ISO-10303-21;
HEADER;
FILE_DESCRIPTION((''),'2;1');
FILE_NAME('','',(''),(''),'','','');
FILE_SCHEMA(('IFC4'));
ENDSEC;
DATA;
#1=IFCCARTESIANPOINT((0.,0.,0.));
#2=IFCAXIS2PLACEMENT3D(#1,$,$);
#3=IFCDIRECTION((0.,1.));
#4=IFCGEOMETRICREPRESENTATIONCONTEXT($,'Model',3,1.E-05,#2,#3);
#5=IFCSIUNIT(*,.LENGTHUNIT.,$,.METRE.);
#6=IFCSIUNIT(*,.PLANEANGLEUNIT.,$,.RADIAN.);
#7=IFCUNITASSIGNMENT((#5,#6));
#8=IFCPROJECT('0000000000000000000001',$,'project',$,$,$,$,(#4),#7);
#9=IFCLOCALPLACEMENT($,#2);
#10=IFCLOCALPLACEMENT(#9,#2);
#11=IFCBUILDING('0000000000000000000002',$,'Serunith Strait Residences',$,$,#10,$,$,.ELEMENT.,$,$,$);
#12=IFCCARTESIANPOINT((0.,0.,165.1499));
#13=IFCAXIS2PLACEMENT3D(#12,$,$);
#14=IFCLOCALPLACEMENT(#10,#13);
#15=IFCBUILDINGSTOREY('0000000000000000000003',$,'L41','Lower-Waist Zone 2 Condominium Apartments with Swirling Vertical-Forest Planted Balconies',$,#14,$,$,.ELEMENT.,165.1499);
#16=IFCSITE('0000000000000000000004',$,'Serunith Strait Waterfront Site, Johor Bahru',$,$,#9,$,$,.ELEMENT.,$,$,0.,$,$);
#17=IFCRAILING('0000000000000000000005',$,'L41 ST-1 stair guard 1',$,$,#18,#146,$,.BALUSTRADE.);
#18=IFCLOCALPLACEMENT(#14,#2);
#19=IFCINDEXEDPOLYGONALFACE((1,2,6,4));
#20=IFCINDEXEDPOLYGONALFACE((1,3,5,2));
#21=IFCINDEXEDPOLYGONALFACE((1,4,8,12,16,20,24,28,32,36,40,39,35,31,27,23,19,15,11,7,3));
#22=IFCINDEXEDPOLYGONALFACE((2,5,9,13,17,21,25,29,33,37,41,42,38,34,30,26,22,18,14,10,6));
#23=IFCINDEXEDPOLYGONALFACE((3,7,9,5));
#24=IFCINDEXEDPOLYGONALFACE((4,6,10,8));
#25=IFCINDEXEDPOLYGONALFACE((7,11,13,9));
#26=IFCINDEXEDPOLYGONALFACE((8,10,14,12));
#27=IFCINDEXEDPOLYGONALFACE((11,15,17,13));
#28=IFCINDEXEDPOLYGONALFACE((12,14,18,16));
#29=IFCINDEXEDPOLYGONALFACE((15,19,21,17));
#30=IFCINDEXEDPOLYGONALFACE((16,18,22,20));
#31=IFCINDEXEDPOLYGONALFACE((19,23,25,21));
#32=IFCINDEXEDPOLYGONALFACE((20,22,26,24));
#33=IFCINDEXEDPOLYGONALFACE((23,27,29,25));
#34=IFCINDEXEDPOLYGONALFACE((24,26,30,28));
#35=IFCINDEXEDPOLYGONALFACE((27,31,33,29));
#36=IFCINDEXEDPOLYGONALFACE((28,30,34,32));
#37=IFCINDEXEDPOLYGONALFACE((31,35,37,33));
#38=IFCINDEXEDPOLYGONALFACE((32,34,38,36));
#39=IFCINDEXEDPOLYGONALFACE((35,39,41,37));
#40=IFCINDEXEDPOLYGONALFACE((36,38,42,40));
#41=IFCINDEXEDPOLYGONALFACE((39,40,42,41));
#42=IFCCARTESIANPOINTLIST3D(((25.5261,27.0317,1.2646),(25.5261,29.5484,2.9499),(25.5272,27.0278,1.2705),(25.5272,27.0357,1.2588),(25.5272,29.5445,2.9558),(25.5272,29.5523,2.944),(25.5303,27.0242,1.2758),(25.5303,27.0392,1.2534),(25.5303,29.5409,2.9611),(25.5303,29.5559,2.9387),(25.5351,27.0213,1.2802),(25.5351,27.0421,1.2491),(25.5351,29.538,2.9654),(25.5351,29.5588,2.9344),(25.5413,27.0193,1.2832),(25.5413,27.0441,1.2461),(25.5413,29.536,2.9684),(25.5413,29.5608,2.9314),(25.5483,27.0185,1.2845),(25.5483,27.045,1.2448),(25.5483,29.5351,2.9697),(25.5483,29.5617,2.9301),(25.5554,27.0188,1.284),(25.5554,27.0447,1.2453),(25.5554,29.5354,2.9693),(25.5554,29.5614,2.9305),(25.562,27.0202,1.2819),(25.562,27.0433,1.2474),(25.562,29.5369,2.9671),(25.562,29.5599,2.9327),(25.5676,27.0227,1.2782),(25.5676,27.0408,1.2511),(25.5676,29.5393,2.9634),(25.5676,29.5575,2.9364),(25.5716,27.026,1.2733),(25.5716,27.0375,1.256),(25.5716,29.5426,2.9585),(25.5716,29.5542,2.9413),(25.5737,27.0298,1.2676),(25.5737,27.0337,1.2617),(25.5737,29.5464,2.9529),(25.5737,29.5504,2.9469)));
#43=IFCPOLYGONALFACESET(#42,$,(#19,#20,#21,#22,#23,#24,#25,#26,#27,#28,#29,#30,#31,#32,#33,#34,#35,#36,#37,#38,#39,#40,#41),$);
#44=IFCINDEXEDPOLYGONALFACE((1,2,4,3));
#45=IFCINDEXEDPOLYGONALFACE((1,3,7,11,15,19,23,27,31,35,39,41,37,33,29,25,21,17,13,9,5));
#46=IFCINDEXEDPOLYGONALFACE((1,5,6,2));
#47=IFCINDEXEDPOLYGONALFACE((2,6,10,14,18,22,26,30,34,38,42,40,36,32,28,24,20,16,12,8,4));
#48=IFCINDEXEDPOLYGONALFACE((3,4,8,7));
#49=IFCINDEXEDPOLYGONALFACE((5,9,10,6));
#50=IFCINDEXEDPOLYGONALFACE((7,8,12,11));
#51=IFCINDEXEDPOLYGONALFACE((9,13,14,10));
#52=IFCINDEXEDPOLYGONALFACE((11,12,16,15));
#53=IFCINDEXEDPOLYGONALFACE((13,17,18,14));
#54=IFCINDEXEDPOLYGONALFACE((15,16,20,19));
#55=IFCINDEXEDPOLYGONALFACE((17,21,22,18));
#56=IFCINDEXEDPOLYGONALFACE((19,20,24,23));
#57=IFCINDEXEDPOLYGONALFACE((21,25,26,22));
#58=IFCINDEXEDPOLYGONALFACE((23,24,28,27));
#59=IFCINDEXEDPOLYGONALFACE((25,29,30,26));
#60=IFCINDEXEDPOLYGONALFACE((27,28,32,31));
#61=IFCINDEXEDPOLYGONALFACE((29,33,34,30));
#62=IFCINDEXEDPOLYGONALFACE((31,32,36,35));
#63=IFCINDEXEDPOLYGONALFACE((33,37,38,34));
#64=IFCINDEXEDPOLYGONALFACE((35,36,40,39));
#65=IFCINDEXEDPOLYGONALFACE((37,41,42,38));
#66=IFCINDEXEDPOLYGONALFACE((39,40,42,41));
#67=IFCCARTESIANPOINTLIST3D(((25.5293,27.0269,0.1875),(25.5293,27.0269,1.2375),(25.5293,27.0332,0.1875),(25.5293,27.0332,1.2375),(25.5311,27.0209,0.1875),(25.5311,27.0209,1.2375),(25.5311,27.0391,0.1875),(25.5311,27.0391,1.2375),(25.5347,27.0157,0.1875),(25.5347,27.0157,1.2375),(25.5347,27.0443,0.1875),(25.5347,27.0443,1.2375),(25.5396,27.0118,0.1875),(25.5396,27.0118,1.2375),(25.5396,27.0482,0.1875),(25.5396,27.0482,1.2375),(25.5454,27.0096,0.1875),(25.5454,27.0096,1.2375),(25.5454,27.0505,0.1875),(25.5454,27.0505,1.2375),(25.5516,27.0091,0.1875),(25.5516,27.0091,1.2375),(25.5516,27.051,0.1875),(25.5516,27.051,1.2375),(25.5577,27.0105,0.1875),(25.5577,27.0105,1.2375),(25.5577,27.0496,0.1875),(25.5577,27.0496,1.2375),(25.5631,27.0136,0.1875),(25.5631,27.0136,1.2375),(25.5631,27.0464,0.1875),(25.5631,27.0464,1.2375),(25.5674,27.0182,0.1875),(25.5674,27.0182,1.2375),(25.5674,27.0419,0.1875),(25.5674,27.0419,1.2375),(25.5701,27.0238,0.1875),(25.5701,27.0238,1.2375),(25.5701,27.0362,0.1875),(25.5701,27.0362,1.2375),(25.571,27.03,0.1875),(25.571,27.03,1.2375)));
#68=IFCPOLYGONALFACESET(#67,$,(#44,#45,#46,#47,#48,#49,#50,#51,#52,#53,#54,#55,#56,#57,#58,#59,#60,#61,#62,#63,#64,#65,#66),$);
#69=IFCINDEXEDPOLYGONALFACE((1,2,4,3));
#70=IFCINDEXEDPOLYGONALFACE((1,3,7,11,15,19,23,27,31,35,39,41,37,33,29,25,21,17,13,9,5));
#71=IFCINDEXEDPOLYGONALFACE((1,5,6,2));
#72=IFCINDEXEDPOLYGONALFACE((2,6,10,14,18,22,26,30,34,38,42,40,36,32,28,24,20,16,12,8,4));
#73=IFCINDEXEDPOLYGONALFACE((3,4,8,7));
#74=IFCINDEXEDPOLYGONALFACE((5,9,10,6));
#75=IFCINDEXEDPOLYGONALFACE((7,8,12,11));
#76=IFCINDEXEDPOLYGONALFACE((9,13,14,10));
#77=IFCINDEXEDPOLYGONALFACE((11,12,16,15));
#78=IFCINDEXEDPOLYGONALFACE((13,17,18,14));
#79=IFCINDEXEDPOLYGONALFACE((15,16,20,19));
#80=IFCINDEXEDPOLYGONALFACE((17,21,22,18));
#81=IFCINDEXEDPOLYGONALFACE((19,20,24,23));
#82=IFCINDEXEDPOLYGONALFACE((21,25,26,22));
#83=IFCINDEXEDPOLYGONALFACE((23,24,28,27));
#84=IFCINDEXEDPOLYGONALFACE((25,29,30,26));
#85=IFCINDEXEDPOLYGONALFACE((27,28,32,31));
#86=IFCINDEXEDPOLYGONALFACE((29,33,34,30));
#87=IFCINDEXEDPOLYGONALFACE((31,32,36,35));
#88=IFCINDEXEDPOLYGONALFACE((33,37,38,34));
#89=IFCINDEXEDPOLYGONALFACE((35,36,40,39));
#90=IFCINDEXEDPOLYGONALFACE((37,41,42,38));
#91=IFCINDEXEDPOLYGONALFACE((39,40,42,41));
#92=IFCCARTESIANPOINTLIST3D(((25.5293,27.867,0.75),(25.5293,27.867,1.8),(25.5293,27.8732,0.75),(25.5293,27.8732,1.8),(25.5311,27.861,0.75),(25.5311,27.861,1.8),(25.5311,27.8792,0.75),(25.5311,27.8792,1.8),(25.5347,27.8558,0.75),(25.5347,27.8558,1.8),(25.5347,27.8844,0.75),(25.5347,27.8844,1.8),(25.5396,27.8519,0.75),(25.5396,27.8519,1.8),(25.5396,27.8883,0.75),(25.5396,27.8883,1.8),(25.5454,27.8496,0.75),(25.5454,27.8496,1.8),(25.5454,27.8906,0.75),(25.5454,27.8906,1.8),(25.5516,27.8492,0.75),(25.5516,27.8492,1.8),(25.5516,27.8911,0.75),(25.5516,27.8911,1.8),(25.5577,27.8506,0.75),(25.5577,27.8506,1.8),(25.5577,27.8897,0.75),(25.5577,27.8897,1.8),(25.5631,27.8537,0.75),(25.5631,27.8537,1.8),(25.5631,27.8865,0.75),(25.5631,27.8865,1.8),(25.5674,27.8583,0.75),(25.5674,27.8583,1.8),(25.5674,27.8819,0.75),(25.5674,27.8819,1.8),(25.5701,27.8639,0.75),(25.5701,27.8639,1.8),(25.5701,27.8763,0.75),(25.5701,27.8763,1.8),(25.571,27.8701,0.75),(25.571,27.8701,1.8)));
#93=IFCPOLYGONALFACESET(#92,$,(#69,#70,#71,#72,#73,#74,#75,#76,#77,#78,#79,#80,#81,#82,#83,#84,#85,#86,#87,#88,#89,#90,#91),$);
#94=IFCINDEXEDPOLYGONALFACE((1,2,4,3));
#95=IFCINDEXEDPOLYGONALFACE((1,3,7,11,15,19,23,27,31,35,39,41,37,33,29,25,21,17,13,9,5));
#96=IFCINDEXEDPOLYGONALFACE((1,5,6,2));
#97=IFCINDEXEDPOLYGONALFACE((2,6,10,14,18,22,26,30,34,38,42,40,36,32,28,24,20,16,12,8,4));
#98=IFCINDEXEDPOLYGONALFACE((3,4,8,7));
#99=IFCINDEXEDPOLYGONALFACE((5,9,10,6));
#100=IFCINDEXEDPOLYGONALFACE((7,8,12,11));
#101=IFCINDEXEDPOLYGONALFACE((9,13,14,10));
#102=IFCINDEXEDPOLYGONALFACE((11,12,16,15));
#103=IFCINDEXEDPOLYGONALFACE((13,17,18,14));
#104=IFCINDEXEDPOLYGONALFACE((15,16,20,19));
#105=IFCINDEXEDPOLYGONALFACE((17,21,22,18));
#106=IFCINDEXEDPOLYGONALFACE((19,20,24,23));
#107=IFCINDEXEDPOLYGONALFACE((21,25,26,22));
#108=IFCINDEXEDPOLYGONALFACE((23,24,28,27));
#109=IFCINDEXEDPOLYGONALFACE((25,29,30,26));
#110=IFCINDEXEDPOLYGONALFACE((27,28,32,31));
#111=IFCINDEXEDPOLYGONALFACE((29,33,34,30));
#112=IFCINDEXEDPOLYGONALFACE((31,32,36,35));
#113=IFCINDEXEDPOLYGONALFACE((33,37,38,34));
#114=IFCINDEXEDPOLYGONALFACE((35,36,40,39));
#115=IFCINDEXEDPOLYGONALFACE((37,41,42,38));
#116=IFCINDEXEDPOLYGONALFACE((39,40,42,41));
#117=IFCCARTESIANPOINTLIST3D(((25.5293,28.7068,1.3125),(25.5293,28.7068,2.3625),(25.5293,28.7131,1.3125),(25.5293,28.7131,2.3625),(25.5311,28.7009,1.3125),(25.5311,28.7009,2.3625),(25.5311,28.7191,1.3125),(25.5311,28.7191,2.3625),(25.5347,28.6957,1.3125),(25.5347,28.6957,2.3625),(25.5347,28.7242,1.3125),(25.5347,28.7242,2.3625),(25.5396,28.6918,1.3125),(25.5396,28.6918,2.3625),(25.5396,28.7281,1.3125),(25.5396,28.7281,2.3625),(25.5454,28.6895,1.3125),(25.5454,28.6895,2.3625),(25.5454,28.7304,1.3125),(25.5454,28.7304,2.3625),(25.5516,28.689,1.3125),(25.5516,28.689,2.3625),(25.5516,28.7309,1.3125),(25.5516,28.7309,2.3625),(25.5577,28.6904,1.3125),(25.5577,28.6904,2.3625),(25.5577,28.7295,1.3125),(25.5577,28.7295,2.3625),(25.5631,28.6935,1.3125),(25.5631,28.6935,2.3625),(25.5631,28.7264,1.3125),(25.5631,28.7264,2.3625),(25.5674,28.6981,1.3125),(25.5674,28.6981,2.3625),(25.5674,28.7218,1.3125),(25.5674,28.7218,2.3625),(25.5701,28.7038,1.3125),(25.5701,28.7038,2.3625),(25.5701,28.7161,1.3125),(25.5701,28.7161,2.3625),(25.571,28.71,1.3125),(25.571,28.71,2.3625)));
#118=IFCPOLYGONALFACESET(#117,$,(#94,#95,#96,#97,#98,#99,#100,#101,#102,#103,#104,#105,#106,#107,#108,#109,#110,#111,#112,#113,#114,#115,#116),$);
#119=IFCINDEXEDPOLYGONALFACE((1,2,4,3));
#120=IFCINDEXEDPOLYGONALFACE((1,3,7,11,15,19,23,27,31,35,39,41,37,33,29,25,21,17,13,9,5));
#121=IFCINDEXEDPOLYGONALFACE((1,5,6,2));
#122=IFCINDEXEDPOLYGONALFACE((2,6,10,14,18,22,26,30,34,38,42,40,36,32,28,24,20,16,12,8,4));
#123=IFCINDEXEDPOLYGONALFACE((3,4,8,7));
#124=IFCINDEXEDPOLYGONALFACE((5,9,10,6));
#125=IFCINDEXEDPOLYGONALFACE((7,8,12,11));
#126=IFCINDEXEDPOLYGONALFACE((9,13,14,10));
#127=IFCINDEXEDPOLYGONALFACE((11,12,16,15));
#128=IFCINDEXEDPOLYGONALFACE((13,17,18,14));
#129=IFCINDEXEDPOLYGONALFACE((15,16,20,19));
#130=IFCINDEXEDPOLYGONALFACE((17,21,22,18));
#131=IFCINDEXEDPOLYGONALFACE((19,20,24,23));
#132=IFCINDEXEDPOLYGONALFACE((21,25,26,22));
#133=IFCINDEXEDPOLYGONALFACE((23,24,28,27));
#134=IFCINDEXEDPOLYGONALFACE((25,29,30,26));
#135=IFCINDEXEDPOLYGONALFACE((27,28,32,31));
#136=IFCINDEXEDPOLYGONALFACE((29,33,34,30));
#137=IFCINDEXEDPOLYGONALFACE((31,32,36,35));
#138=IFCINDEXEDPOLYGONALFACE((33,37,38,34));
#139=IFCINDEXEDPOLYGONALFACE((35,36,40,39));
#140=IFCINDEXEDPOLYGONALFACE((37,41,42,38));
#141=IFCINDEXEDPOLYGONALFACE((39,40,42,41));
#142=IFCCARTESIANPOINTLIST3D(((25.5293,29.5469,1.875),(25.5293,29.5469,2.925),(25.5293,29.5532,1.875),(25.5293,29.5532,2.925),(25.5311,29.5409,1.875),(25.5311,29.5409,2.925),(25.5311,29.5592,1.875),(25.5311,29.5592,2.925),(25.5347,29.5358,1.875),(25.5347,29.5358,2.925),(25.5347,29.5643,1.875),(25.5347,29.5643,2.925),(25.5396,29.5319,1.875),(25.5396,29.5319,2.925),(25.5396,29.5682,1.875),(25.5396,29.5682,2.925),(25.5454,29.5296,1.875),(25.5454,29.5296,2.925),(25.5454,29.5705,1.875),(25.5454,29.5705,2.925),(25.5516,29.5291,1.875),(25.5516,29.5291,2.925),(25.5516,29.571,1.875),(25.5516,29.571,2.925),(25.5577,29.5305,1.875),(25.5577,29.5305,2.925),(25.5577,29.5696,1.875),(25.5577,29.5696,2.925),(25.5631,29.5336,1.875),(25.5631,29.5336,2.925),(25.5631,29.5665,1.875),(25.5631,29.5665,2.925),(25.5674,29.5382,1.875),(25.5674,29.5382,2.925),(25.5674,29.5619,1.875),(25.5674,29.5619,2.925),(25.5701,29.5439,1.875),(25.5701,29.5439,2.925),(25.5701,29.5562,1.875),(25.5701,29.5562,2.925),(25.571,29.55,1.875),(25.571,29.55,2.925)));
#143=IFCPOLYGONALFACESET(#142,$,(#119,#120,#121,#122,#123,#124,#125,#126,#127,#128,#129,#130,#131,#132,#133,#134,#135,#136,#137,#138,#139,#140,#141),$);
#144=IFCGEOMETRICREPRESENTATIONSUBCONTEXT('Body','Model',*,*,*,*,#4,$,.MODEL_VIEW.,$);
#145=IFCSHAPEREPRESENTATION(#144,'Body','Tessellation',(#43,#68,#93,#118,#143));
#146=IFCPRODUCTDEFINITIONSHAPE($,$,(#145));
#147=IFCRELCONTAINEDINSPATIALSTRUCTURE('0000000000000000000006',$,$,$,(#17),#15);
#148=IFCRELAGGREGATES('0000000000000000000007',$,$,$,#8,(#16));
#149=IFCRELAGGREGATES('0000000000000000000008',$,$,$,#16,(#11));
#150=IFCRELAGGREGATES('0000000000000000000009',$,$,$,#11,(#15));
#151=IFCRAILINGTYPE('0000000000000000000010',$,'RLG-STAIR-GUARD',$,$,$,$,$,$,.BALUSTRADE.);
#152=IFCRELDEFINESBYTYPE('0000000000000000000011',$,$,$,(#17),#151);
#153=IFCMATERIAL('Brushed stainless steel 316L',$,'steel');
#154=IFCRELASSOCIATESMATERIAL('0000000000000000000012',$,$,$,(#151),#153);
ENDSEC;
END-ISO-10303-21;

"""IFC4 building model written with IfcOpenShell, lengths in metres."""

from ifc_helpers import new_model, si_unit, direction, frame, origin, origin_2d, place, context, subcontext, project, spatial, circle, extrude, material, type_object, element, save


model = new_model("IFC4")

# Units and contexts
model_context = context("Model", 3, precision=1e-05, world=origin(), true_north=direction((0.0, 1.0)))
body_context = subcontext(model_context, "Body", "Model", "MODEL_VIEW")
ifc_project = project(units=[si_unit("LENGTHUNIT", "METRE"), si_unit("PLANEANGLEUNIT", "RADIAN")], contexts=[model_context])

# Site, building, storey
site_placement = place(None, origin())
site = spatial("IfcSite", under=ifc_project, at=site_placement, Name="Serunith Strait Waterfront Site, Johor Bahru", CompositionType="ELEMENT", RefElevation=0.0)
building_placement = place(site_placement, origin())
building = spatial("IfcBuilding", under=site, at=building_placement, Name="Serunith Strait Residences", CompositionType="ELEMENT")
storey_placement = place(building_placement, frame((0.0, 0.0, 165.1499)))
storey = spatial("IfcBuildingStorey", under=building, at=storey_placement, Name="L41", Description="Lower-Waist Zone 2 Condominium Apartments with Swirling Vertical-Forest Planted Balconies", CompositionType="ELEMENT", Elevation=165.1499)

# Railing
ifc_material_1 = material(Name="Brushed stainless steel 316L", Category="steel")
railing_type_1 = type_object("IfcRailingType", Name="RLG-STAIR-GUARD", PredefinedType="BALUSTRADE", material=ifc_material_1)
railing_1_placement = place(storey_placement, frame((25.55, 27.03, 0.1875)))
element("IfcRailing", 1, at=railing_1_placement, inside=storey, type_object=railing_type_1, Name="L41 ST-1 stair guard 1", PredefinedType="BALUSTRADE", context=body_context, shape_type="SweptSolid", body=[
    extrude(circle(Radius=0.0239, at=origin_2d()), frame((0.0, 0.0017, 1.0771), z_axis=(0.0, 0.830909, 0.556408), x_axis=(-1.0, 0.0, 0.0)), (0.0, 0.0, 1.0), 3.0288),
    extrude(circle(Radius=0.021, at=origin_2d()), origin(), (0.0, 0.0, 1.0), 1.05),
    extrude(circle(Radius=0.021, at=origin_2d()), frame((0.0, 0.8401, 0.5625)), (0.0, 0.0, 1.0), 1.05),
    extrude(circle(Radius=0.021, at=origin_2d()), frame((0.0, 1.6799, 1.125)), (0.0, 0.0, 1.0), 1.05),
    extrude(circle(Radius=0.021, at=origin_2d()), frame((0.0, 2.52, 1.6875)), (0.0, 0.0, 1.0), 1.05),
])

save(model, "model.ifc")
